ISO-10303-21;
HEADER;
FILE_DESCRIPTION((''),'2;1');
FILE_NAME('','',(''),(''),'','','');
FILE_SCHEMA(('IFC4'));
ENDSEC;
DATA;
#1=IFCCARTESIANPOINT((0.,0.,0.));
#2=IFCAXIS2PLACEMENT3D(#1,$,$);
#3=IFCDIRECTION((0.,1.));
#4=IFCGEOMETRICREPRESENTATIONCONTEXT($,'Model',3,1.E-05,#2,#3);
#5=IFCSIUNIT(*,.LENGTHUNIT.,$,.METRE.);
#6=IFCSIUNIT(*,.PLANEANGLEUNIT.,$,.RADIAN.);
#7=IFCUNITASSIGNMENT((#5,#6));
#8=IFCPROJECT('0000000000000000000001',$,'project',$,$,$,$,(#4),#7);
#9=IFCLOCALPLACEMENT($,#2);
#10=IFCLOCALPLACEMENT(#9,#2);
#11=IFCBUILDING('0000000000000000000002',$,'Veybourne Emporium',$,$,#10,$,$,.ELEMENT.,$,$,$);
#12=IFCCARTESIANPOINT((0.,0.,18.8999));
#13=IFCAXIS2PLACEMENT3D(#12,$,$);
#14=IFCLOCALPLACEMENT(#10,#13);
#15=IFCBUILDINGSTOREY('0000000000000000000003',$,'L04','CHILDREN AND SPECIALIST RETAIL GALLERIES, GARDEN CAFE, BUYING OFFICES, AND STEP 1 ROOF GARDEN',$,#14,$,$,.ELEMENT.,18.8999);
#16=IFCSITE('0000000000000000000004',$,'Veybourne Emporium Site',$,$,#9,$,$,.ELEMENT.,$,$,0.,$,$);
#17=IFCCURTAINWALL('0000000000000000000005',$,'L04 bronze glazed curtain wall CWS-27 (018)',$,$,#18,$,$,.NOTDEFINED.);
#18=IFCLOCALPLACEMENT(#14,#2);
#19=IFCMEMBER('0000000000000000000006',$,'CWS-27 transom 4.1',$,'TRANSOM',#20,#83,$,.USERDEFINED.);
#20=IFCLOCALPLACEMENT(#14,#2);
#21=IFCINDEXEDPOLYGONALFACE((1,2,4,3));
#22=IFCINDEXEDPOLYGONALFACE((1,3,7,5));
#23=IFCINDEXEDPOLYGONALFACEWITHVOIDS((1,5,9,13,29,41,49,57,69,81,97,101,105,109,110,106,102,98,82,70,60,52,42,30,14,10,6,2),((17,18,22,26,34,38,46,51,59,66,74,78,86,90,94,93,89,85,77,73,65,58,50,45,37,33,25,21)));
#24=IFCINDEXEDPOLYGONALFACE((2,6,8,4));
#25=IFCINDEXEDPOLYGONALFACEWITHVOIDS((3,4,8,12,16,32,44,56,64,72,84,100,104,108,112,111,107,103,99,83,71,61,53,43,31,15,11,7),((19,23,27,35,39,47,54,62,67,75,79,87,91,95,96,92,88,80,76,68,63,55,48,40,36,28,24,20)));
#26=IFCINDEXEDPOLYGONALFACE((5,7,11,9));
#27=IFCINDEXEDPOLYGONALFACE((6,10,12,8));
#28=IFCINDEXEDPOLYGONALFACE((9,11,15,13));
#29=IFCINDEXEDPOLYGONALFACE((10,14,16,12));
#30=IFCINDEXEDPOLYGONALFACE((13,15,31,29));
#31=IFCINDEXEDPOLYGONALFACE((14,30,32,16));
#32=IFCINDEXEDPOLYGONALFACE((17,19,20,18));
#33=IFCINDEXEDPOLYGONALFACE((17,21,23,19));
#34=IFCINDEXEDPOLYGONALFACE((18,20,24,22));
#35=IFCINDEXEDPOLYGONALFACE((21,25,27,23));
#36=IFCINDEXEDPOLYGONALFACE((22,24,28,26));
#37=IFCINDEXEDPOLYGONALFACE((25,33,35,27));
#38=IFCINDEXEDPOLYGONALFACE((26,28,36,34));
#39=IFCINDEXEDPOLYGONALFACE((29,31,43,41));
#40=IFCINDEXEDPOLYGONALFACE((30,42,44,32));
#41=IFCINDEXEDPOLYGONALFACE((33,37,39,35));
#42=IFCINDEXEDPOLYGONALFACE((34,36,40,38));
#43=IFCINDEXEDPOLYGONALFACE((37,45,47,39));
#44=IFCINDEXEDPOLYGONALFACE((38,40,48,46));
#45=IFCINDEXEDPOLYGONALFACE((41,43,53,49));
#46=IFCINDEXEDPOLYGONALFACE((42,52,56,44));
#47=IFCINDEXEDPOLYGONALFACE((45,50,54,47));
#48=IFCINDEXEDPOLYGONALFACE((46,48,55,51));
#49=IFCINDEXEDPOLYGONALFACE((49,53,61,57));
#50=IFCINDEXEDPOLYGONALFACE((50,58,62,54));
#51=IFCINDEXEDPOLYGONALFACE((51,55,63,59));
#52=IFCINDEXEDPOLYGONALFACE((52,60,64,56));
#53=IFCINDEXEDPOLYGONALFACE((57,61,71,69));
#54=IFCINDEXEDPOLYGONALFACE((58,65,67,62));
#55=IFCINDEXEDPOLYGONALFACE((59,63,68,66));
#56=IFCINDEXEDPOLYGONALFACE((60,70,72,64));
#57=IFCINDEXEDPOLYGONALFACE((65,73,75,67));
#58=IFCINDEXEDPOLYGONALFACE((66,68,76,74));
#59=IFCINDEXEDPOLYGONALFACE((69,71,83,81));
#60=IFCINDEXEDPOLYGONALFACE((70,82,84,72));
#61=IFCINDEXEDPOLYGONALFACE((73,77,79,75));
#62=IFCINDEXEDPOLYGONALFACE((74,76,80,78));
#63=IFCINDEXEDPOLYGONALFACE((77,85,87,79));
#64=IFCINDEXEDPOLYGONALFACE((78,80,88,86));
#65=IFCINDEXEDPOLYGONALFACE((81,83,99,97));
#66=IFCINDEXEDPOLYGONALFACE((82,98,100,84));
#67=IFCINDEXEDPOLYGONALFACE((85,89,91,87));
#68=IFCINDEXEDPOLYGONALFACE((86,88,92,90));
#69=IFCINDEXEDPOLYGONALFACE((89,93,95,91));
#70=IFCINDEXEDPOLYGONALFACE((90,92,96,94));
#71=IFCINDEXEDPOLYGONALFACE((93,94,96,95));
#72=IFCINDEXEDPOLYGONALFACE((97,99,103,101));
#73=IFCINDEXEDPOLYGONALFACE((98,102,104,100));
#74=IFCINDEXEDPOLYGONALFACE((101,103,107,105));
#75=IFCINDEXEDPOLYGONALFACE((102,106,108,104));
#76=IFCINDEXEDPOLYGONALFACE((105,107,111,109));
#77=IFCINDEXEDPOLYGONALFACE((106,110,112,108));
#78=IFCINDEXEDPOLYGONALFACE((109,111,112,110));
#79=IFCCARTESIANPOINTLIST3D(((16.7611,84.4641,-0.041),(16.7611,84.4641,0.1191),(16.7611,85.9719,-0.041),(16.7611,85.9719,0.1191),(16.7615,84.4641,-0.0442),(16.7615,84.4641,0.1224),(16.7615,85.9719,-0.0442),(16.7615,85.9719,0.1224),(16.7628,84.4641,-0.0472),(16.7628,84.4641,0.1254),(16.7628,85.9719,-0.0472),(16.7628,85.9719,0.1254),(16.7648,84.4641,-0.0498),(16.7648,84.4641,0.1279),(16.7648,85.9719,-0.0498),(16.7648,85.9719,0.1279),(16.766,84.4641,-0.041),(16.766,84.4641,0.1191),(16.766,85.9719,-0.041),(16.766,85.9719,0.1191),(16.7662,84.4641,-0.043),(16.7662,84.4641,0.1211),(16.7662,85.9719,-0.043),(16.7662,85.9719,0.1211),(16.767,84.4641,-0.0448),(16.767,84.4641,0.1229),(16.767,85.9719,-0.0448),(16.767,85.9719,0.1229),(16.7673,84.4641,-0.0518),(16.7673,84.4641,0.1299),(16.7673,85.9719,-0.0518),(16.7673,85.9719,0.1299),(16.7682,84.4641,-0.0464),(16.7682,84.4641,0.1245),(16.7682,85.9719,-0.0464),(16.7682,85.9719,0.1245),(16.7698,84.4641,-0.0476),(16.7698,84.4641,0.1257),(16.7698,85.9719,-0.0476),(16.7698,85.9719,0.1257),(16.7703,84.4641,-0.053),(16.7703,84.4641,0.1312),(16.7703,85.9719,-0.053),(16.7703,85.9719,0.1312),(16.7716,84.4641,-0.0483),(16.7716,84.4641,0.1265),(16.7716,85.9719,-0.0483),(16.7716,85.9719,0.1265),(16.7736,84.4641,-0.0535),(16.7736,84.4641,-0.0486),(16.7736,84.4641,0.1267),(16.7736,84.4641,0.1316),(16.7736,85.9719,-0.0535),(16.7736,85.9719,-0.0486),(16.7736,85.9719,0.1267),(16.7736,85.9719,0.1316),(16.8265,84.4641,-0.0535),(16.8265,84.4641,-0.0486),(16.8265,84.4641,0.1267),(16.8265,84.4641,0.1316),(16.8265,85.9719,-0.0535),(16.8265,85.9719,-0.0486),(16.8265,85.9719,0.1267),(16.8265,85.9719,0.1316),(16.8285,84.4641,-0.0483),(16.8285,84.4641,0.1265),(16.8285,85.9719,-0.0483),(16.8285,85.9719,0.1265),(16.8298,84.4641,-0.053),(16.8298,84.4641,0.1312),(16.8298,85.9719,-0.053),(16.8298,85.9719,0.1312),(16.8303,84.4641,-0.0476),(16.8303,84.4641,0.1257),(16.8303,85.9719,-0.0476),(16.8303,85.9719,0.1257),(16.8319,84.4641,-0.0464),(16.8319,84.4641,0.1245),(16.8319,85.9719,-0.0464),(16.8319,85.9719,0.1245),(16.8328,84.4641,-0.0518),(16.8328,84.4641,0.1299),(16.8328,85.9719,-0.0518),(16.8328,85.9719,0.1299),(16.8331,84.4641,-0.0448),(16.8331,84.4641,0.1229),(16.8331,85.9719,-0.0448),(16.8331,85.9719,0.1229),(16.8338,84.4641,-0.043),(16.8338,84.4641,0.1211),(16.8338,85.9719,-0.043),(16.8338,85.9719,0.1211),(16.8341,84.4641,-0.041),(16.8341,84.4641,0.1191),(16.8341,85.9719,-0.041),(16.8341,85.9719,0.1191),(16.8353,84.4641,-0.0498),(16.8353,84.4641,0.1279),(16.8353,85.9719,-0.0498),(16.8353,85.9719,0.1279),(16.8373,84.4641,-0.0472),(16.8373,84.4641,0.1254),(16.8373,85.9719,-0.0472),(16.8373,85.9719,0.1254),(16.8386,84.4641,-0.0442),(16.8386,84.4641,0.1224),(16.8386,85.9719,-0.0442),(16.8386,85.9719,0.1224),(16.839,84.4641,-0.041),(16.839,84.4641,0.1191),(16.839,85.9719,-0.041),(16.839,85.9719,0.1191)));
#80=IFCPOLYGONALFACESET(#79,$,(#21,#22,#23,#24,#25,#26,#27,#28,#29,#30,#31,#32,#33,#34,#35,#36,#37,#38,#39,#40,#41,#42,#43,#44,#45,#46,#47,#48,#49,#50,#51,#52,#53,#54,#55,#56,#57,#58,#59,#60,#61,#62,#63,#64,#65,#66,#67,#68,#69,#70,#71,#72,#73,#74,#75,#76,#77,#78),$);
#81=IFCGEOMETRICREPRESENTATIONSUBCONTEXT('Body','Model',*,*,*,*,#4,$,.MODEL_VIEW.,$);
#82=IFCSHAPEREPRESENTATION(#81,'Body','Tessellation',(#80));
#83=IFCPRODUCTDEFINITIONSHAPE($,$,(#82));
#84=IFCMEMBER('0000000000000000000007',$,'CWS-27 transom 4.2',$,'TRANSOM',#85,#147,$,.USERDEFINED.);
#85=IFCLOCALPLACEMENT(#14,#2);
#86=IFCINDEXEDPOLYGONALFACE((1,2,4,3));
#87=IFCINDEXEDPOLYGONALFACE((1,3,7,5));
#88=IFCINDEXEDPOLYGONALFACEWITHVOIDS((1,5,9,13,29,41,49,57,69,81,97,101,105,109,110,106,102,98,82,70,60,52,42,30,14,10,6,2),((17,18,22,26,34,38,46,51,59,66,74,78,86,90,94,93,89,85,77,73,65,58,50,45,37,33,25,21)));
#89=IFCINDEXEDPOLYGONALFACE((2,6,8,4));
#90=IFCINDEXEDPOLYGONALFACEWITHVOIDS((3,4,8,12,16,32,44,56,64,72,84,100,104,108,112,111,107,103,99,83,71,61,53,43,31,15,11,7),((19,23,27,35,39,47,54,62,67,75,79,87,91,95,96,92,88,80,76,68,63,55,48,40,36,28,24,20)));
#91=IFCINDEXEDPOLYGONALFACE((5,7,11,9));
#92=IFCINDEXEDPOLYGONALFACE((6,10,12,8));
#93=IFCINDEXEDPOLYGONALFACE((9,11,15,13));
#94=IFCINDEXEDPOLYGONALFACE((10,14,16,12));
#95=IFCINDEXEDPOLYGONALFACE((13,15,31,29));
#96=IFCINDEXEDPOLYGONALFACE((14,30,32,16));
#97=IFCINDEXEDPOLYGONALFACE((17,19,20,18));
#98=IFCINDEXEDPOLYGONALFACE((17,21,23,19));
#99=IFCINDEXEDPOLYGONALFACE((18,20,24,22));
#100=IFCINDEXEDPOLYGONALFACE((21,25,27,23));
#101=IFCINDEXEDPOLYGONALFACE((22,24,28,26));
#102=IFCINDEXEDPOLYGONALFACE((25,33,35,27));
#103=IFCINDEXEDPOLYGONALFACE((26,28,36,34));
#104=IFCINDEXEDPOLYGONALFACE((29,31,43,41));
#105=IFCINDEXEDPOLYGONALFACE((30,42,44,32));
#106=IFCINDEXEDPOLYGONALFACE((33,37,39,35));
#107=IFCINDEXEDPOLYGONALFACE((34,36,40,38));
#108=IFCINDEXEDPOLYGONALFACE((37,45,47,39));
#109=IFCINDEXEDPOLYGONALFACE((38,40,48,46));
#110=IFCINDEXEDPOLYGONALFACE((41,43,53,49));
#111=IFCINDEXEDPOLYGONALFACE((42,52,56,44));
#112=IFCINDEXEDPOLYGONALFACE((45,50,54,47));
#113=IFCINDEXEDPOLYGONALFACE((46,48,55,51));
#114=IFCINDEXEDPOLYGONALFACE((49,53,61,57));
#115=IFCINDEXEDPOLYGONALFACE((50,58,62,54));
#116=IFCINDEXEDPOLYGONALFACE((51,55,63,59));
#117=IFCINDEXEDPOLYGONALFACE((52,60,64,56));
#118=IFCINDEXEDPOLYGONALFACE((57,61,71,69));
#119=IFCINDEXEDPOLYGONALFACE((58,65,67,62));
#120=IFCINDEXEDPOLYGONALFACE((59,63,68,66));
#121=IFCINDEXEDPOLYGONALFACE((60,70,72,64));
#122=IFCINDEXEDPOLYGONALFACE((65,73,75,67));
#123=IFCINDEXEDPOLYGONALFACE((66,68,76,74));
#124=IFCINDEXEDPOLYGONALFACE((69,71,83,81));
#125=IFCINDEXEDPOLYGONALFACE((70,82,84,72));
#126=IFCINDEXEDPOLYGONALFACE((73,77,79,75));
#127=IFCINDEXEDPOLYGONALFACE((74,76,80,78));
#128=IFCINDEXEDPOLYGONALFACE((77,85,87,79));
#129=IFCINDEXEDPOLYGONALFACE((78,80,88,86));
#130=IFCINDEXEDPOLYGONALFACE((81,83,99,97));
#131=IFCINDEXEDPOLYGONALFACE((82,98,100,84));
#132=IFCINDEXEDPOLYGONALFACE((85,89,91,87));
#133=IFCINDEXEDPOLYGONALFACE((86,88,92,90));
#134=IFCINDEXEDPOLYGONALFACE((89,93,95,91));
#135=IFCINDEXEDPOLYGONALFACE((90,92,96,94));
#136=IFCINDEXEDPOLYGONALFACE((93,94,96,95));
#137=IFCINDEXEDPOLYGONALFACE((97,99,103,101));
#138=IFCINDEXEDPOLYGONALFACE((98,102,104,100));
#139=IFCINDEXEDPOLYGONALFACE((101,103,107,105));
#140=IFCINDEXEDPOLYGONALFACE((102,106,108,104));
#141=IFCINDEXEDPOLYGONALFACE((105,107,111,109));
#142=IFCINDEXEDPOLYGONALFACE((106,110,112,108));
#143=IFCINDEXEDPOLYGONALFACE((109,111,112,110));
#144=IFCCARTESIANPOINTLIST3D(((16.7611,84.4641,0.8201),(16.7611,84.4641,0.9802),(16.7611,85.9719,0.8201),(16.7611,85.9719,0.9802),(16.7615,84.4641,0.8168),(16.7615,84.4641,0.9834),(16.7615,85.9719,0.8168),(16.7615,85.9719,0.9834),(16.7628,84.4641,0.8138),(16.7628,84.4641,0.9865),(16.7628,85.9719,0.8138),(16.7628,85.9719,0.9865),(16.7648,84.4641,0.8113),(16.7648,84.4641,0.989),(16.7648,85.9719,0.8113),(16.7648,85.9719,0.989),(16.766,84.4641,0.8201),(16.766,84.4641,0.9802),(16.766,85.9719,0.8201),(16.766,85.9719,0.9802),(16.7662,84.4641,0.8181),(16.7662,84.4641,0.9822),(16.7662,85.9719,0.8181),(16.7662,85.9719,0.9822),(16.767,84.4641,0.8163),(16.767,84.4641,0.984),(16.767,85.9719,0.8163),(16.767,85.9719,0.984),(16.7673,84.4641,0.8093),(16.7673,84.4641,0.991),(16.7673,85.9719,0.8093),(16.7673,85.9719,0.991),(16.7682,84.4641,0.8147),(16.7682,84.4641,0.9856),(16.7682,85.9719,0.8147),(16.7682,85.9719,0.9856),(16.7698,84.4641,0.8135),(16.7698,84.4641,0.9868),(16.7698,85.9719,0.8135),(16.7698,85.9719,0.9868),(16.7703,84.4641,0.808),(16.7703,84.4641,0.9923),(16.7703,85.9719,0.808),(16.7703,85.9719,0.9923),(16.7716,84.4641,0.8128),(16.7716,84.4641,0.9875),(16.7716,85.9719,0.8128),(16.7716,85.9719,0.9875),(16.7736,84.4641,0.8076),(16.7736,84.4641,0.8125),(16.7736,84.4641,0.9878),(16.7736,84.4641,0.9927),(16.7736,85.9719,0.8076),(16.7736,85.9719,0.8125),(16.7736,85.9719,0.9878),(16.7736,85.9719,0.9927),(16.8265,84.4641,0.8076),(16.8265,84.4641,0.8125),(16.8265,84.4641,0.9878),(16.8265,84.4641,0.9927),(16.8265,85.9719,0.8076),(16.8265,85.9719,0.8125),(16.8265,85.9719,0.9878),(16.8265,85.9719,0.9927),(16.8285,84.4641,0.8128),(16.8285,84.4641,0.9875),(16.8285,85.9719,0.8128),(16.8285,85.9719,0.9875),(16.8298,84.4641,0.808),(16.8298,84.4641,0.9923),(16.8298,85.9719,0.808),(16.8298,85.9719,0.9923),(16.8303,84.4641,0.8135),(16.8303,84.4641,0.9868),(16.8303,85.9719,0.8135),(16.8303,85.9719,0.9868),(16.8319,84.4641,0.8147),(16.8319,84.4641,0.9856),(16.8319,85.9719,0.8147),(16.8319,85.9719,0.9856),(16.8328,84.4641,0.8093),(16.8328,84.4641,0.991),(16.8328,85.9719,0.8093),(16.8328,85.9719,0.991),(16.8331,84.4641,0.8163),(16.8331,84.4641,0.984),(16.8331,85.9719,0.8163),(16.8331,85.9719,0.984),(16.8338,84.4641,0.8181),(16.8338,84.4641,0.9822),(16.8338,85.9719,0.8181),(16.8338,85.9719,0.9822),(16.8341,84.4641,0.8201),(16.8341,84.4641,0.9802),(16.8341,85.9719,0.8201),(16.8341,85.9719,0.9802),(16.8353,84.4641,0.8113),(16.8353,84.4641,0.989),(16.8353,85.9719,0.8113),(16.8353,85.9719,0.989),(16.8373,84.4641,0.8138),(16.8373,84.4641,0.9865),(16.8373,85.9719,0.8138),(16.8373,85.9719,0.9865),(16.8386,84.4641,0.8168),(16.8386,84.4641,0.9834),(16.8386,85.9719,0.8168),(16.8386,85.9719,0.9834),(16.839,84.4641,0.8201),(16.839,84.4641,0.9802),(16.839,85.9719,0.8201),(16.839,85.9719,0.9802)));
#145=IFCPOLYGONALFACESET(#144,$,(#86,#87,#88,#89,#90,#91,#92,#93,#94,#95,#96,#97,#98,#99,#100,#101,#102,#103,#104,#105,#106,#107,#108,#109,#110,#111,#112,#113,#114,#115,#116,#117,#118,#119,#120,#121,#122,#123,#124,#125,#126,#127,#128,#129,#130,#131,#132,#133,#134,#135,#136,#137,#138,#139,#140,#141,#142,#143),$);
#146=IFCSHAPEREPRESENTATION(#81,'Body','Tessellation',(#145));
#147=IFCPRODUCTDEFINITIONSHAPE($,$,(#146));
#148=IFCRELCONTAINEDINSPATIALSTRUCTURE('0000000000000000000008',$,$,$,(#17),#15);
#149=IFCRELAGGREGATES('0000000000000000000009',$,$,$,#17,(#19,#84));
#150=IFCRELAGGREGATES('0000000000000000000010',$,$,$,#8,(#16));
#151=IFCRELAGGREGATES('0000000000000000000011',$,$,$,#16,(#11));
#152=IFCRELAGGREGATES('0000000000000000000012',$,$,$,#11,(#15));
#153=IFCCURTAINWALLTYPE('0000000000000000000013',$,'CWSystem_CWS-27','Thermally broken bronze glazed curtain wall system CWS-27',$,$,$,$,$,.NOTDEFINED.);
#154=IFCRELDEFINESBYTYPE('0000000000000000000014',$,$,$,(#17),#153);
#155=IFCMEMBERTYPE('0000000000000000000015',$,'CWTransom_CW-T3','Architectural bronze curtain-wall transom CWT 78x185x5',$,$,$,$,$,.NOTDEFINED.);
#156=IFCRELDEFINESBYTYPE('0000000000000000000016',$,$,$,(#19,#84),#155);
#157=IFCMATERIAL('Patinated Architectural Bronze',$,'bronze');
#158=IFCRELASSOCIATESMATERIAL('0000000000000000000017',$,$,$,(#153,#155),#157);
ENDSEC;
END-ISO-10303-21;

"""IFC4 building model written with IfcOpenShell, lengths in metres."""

from ifc_helpers import new_model, si_unit, direction, frame, origin, origin_2d, place, context, subcontext, project, spatial, hollow_rectangle, extrude, material, material_profile, profile_set, type_object, element, aggregate, save


model = new_model("IFC4")

# Units and contexts
model_context = context("Model", 3, precision=1e-05, world=origin(), true_north=direction((0.0, 1.0)))
body_context = subcontext(model_context, "Body", "Model", "MODEL_VIEW")
ifc_project = project(units=[si_unit("LENGTHUNIT", "METRE"), si_unit("PLANEANGLEUNIT", "RADIAN")], contexts=[model_context])

# Site, building, storey
site_placement = place(None, origin())
site = spatial("IfcSite", under=ifc_project, at=site_placement, Name="Veybourne Emporium Site", CompositionType="ELEMENT", RefElevation=0.0)
building_placement = place(site_placement, origin())
building = spatial("IfcBuilding", under=site, at=building_placement, Name="Veybourne Emporium", CompositionType="ELEMENT")
storey_placement = place(building_placement, frame((0.0, 0.0, 18.8999)))
storey = spatial("IfcBuildingStorey", under=building, at=storey_placement, Name="L04", Description="CHILDREN AND SPECIALIST RETAIL GALLERIES, GARDEN CAFE, BUYING OFFICES, AND STEP 1 ROOF GARDEN", CompositionType="ELEMENT", Elevation=18.8999)

# Curtain wall, members
ifc_material_1 = material(Name="Patinated Architectural Bronze", Category="bronze")
curtain_wall_type = type_object("IfcCurtainWallType", Name="CWSystem_CWS-27", Description="Thermally broken bronze glazed curtain wall system CWS-27", PredefinedType="NOTDEFINED", material=ifc_material_1)
curtain_wall_placement = place(storey_placement, origin())
curtain_wall = element("IfcCurtainWall", 1, at=curtain_wall_placement, inside=storey, type_object=curtain_wall_type, Name="L04 bronze glazed curtain wall CWS-27 (018)", PredefinedType="NOTDEFINED")
ifc_material_profile_1 = material_profile(ifc_material_1, hollow_rectangle(XDim=0.0779, YDim=0.1851, WallThickness=0.0049, InnerFilletRadius=0.0076, OuterFilletRadius=0.0125, at=origin_2d()), Name="CWT 78x185x5")
ifc_profile_set_1 = profile_set([ifc_material_profile_1], Name="Patinated Architectural Bronze")
member_type_1 = type_object("IfcMemberType", Name="CWTransom_CW-T3", Description="Architectural bronze curtain-wall transom CWT 78x185x5", PredefinedType="NOTDEFINED", material=ifc_profile_set_1)
member_1_placement = place(storey_placement, frame((16.8, 84.4641, 0.0391), z_axis=(0.0, 1.0, 0.0), x_axis=(-1.0, 0.0, 0.0)))
member_1 = element("IfcMember", 2, at=member_1_placement, type_object=member_type_1, Name="CWS-27 transom 4.1", ObjectType="TRANSOM", PredefinedType="USERDEFINED", context=body_context, shape_type="SweptSolid", body=[
    extrude(hollow_rectangle(XDim=0.0779, YDim=0.1851, WallThickness=0.0049, InnerFilletRadius=0.0076, OuterFilletRadius=0.0125, at=origin_2d()), origin(), (0.0, 0.0, 1.0), 1.5078),
])
member_2_placement = place(storey_placement, frame((16.8, 84.4641, 0.9001), z_axis=(0.0, 1.0, 0.0), x_axis=(-1.0, 0.0, 0.0)))
member_2 = element("IfcMember", 3, at=member_2_placement, type_object=member_type_1, Name="CWS-27 transom 4.2", ObjectType="TRANSOM", PredefinedType="USERDEFINED", context=body_context, shape_type="SweptSolid", body=[
    extrude(hollow_rectangle(XDim=0.0779, YDim=0.1851, WallThickness=0.0049, InnerFilletRadius=0.0076, OuterFilletRadius=0.0125, at=origin_2d()), origin(), (0.0, 0.0, 1.0), 1.5078),
])

aggregate(curtain_wall, [member_1, member_2])

save(model, "model.ifc")
